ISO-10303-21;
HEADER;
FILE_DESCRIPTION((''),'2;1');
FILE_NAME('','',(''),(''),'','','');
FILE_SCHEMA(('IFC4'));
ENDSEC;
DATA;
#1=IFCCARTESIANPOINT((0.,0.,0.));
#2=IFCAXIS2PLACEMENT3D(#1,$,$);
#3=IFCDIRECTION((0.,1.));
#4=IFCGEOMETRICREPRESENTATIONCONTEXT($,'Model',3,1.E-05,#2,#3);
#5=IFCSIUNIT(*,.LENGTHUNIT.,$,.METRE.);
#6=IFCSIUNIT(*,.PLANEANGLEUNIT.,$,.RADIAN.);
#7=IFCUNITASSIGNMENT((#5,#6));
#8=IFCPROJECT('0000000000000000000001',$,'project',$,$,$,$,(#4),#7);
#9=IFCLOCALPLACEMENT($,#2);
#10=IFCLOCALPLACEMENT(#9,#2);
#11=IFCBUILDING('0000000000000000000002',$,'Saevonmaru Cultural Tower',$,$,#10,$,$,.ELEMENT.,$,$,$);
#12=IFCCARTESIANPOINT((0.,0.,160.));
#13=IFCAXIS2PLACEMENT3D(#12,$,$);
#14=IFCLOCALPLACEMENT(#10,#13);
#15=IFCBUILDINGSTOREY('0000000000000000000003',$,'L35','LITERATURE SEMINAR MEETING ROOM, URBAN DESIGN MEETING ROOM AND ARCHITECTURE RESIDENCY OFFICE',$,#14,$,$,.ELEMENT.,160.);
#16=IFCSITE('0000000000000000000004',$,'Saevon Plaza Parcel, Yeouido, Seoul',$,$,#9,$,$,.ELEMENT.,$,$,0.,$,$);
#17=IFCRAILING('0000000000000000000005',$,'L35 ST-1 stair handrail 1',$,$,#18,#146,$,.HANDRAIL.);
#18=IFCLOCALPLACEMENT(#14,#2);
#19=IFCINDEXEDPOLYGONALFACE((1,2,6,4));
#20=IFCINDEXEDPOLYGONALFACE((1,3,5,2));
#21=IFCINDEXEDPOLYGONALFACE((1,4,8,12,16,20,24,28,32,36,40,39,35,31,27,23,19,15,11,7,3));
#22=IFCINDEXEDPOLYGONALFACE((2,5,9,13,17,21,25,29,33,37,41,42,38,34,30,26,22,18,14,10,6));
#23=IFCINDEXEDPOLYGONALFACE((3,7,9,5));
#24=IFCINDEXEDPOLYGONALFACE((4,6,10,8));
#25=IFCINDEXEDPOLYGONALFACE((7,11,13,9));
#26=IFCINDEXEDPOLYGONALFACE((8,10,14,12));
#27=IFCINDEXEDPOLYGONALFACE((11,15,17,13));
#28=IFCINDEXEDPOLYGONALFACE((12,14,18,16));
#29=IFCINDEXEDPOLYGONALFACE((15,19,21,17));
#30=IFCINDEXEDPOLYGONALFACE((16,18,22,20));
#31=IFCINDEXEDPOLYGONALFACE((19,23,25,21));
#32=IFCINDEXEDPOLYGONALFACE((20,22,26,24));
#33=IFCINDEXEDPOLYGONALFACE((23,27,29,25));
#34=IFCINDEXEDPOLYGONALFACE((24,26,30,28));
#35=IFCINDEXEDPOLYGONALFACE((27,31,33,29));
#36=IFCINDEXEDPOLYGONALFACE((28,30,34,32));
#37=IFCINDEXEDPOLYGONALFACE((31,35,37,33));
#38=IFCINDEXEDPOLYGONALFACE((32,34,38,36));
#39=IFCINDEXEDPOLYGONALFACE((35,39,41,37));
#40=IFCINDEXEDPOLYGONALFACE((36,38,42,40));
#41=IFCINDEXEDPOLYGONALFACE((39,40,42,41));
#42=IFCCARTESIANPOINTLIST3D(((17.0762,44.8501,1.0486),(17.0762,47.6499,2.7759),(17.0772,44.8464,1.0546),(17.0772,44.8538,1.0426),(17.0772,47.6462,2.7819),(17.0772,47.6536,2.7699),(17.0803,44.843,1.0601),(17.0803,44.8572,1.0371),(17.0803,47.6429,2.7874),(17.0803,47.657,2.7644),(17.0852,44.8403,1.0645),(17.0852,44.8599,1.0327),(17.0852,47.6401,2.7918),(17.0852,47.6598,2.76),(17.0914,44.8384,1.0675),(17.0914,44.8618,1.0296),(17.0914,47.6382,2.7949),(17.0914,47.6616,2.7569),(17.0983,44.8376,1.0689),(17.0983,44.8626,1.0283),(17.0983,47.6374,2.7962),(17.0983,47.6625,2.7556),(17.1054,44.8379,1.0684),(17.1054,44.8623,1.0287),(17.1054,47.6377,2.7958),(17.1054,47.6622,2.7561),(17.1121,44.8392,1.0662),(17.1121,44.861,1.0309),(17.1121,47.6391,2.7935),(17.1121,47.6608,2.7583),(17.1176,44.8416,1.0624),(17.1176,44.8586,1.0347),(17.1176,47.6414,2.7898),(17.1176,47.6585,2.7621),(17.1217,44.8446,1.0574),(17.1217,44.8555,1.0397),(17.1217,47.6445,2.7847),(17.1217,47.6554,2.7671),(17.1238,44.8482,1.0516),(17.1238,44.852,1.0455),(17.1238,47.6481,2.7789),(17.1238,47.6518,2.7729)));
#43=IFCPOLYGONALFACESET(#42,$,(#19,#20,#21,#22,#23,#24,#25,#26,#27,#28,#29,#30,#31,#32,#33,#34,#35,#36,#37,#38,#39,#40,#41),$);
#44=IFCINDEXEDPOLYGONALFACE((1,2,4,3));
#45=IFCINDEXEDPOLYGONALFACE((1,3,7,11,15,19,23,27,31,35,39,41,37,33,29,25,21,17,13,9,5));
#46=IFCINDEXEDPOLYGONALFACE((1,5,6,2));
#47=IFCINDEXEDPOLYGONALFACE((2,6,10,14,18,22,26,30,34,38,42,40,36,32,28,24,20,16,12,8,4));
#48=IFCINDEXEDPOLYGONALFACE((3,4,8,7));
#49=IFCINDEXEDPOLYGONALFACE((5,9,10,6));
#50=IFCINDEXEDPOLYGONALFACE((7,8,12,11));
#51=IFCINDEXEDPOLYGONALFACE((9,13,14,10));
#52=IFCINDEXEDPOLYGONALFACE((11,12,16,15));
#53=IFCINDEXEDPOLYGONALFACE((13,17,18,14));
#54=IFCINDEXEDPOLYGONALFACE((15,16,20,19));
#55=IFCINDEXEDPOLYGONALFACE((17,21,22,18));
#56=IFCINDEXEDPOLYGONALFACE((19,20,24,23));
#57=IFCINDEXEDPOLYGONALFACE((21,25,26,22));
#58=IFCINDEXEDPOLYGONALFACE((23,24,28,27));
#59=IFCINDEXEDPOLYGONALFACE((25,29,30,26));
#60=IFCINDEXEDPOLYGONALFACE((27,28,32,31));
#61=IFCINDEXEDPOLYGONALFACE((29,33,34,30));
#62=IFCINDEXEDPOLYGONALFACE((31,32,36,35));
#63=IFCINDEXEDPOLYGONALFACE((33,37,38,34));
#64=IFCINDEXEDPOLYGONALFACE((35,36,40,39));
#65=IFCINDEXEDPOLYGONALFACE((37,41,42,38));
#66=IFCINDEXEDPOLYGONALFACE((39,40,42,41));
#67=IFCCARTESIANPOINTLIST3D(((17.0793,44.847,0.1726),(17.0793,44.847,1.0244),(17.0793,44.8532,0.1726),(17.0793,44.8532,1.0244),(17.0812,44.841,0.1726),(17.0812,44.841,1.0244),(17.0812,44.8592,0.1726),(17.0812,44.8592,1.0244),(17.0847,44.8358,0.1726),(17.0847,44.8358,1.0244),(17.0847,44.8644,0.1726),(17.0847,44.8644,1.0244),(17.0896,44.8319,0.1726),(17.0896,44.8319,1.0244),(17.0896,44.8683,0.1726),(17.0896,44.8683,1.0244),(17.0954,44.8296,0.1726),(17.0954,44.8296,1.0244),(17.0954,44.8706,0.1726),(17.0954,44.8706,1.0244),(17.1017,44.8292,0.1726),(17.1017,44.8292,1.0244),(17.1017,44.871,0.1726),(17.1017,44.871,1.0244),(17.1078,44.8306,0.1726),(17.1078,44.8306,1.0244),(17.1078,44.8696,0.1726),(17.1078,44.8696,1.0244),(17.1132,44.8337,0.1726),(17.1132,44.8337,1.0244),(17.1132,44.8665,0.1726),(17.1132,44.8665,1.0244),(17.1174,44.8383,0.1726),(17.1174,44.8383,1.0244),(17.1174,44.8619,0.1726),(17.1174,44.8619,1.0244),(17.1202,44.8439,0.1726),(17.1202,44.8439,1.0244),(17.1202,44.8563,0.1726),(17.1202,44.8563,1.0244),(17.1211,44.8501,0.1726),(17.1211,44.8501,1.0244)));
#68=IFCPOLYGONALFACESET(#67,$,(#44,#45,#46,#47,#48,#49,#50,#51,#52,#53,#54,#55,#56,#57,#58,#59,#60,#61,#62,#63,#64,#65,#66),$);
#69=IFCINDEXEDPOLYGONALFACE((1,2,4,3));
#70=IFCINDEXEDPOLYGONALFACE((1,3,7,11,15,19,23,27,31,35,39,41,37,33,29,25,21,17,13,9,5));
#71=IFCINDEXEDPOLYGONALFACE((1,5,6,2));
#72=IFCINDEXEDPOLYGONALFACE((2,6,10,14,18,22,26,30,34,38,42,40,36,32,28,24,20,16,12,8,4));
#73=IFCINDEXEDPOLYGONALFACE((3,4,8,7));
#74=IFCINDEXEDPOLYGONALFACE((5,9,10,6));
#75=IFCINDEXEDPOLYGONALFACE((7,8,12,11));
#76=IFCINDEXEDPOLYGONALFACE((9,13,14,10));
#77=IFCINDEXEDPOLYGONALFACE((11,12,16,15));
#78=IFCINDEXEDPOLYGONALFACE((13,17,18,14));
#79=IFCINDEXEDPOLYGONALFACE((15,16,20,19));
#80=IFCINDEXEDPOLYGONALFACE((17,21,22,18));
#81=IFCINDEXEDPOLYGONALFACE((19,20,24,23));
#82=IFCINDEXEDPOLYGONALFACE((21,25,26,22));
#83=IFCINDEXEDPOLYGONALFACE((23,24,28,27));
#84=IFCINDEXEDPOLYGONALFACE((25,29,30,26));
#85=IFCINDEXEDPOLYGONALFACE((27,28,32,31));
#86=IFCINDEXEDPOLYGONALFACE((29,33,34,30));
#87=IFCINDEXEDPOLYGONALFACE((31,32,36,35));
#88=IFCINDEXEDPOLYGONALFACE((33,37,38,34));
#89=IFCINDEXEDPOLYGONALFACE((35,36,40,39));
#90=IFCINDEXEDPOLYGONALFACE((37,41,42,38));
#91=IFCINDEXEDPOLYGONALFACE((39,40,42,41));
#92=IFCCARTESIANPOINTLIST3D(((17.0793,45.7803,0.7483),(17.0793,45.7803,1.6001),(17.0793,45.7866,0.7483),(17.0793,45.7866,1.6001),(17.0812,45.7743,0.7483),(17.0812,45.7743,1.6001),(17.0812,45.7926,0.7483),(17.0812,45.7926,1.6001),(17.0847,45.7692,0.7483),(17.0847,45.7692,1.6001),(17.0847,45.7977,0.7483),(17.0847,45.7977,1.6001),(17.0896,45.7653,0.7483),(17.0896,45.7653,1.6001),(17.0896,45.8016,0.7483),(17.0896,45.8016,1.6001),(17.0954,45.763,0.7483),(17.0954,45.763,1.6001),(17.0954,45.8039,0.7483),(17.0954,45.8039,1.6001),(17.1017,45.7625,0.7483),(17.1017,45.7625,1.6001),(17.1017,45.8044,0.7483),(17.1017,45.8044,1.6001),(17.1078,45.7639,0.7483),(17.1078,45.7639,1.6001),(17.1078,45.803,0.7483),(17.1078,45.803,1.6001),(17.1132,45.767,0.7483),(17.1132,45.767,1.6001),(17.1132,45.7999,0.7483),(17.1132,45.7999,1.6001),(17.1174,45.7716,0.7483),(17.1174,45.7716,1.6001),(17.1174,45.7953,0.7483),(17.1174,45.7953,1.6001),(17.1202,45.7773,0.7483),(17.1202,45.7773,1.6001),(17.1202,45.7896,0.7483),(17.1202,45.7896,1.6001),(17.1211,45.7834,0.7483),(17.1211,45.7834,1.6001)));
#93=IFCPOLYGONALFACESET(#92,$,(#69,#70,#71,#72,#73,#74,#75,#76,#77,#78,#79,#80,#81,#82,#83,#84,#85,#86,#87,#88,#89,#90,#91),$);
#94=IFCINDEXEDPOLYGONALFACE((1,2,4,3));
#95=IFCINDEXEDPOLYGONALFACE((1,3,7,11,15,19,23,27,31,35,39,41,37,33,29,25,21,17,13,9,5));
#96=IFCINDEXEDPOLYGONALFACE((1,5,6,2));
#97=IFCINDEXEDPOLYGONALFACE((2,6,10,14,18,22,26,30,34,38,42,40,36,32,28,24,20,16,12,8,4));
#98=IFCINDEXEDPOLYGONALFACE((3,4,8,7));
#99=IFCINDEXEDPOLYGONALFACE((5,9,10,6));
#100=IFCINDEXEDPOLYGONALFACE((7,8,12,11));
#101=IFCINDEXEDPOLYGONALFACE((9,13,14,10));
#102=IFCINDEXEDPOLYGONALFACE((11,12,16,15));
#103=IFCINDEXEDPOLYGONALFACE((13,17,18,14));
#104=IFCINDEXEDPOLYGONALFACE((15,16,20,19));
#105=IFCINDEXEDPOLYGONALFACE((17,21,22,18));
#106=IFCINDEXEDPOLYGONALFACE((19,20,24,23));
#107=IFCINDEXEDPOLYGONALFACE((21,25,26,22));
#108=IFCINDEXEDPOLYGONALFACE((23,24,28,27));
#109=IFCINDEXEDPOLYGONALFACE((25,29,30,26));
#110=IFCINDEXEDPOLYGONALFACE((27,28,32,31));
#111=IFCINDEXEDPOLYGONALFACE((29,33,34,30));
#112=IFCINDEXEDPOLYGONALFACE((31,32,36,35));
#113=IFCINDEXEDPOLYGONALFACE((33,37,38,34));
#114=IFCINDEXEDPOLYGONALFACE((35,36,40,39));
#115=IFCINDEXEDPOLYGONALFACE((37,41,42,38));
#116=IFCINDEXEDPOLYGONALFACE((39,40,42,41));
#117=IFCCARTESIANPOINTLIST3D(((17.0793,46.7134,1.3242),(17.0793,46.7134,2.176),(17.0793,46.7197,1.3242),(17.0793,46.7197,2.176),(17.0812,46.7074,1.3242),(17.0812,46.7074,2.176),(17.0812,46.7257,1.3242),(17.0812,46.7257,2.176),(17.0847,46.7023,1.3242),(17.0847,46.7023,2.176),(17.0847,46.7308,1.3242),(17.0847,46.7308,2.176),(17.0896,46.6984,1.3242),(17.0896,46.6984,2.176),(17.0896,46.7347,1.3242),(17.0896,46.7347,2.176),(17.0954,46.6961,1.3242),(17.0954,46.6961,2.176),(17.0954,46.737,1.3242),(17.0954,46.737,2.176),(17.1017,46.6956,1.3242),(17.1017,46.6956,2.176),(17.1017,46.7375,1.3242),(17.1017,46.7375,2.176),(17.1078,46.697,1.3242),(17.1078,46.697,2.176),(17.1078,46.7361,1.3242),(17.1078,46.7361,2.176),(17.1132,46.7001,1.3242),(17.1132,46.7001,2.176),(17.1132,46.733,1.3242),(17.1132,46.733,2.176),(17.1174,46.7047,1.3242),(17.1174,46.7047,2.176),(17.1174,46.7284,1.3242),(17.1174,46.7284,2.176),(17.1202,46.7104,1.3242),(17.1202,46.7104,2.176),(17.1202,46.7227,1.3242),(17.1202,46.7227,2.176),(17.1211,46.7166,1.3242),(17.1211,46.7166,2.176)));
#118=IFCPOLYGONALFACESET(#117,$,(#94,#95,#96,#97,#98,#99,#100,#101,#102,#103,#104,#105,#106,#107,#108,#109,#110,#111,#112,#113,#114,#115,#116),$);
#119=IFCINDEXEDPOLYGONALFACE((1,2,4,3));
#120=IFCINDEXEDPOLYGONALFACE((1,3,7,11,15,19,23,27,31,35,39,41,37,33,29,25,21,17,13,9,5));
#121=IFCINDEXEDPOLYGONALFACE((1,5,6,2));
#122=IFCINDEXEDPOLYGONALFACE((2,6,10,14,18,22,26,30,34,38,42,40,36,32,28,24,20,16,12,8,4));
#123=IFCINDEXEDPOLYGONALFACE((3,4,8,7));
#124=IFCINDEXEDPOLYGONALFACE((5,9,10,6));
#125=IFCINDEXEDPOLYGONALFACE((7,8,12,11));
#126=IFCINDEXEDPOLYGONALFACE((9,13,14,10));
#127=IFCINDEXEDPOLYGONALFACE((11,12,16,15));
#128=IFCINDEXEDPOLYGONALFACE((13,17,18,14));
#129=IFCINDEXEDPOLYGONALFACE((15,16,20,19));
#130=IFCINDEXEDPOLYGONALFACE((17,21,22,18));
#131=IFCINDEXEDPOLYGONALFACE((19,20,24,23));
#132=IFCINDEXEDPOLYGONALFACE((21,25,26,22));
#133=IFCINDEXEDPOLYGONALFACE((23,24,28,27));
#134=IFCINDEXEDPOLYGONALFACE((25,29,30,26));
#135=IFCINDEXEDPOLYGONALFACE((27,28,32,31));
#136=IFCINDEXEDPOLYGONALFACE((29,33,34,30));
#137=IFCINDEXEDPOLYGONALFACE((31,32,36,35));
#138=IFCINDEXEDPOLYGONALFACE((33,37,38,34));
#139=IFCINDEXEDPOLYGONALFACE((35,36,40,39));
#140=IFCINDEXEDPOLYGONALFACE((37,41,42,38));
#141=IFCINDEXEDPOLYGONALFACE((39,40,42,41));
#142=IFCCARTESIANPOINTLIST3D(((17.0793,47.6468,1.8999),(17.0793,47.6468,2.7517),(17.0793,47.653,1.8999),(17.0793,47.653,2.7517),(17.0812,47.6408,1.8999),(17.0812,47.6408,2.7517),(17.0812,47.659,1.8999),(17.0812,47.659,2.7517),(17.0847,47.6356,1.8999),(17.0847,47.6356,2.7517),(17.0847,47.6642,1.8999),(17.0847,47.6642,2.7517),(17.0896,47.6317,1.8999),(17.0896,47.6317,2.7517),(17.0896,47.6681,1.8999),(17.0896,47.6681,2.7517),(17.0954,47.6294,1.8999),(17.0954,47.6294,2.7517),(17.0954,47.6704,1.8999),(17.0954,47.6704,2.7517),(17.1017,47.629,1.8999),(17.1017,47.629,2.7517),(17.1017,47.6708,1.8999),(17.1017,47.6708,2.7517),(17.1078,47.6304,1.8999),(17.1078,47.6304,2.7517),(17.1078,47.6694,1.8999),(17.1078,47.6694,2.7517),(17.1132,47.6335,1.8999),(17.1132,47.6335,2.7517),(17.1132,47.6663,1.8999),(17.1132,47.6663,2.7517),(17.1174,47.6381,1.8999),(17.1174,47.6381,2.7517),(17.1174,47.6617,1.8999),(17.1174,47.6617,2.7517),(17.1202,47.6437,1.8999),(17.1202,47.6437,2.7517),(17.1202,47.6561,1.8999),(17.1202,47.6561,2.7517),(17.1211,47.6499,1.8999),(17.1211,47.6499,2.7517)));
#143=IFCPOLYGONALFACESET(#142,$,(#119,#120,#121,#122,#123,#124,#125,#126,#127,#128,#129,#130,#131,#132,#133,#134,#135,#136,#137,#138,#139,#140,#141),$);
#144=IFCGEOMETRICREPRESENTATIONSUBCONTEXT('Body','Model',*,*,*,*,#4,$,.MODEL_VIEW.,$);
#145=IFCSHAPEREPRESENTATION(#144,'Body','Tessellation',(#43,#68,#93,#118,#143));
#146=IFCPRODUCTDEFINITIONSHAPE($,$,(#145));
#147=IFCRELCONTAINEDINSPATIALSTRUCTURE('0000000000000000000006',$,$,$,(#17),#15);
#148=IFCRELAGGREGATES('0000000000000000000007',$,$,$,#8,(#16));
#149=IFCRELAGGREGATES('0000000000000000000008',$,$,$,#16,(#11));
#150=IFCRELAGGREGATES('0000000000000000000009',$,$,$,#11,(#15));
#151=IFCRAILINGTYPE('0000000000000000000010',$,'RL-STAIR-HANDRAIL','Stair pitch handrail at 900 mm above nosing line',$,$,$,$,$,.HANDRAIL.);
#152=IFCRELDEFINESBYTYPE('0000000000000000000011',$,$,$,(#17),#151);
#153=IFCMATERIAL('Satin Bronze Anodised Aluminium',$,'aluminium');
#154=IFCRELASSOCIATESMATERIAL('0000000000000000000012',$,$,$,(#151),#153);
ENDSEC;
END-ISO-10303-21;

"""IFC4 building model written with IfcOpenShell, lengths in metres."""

from ifc_helpers import new_model, si_unit, direction, frame, origin, origin_2d, place, context, subcontext, project, spatial, circle, extrude, material, type_object, element, save


model = new_model("IFC4")

# Units and contexts
model_context = context("Model", 3, precision=1e-05, world=origin(), true_north=direction((0.0, 1.0)))
body_context = subcontext(model_context, "Body", "Model", "MODEL_VIEW")
ifc_project = project(units=[si_unit("LENGTHUNIT", "METRE"), si_unit("PLANEANGLEUNIT", "RADIAN")], contexts=[model_context])

# Site, building, storey
site_placement = place(None, origin())
site = spatial("IfcSite", under=ifc_project, at=site_placement, Name="Saevon Plaza Parcel, Yeouido, Seoul", CompositionType="ELEMENT", RefElevation=0.0)
building_placement = place(site_placement, origin())
building = spatial("IfcBuilding", under=site, at=building_placement, Name="Saevonmaru Cultural Tower", CompositionType="ELEMENT")
storey_placement = place(building_placement, frame((0.0, 0.0, 160.0)))
storey = spatial("IfcBuildingStorey", under=building, at=storey_placement, Name="L35", Description="LITERATURE SEMINAR MEETING ROOM, URBAN DESIGN MEETING ROOM AND ARCHITECTURE RESIDENCY OFFICE", CompositionType="ELEMENT", Elevation=160.0)

# Shared definitions
ifc_material_1 = material(Name="Satin Bronze Anodised Aluminium", Category="aluminium")

# Railing
railing_type_1 = type_object("IfcRailingType", Name="RL-STAIR-HANDRAIL", Description="Stair pitch handrail at 900 mm above nosing line", PredefinedType="HANDRAIL", material=ifc_material_1)
railing_1_placement = place(storey_placement, frame((17.1001, 44.8501, 0.1726)))
element("IfcRailing", 1, at=railing_1_placement, inside=storey, type_object=railing_type_1, Name="L35 ST-1 stair handrail 1", PredefinedType="HANDRAIL", context=body_context, shape_type="SweptSolid", body=[
    extrude(circle(Radius=0.0239, at=origin_2d()), frame((0.0, 0.0, 0.876), z_axis=(0.0, 0.851069, 0.525054), x_axis=(-1.0, 0.0, 0.0)), (0.0, 0.0, 1.0), 3.2898),
    extrude(circle(Radius=0.021, at=origin_2d()), origin(), (0.0, 0.0, 1.0), 0.8518),
    extrude(circle(Radius=0.021, at=origin_2d()), frame((0.0, 0.9333, 0.5757)), (0.0, 0.0, 1.0), 0.8518),
    extrude(circle(Radius=0.021, at=origin_2d()), frame((0.0, 1.8665, 1.1516)), (0.0, 0.0, 1.0), 0.8518),
    extrude(circle(Radius=0.021, at=origin_2d()), frame((0.0, 2.7998, 1.7273)), (0.0, 0.0, 1.0), 0.8518),
])

save(model, "model.ifc")
